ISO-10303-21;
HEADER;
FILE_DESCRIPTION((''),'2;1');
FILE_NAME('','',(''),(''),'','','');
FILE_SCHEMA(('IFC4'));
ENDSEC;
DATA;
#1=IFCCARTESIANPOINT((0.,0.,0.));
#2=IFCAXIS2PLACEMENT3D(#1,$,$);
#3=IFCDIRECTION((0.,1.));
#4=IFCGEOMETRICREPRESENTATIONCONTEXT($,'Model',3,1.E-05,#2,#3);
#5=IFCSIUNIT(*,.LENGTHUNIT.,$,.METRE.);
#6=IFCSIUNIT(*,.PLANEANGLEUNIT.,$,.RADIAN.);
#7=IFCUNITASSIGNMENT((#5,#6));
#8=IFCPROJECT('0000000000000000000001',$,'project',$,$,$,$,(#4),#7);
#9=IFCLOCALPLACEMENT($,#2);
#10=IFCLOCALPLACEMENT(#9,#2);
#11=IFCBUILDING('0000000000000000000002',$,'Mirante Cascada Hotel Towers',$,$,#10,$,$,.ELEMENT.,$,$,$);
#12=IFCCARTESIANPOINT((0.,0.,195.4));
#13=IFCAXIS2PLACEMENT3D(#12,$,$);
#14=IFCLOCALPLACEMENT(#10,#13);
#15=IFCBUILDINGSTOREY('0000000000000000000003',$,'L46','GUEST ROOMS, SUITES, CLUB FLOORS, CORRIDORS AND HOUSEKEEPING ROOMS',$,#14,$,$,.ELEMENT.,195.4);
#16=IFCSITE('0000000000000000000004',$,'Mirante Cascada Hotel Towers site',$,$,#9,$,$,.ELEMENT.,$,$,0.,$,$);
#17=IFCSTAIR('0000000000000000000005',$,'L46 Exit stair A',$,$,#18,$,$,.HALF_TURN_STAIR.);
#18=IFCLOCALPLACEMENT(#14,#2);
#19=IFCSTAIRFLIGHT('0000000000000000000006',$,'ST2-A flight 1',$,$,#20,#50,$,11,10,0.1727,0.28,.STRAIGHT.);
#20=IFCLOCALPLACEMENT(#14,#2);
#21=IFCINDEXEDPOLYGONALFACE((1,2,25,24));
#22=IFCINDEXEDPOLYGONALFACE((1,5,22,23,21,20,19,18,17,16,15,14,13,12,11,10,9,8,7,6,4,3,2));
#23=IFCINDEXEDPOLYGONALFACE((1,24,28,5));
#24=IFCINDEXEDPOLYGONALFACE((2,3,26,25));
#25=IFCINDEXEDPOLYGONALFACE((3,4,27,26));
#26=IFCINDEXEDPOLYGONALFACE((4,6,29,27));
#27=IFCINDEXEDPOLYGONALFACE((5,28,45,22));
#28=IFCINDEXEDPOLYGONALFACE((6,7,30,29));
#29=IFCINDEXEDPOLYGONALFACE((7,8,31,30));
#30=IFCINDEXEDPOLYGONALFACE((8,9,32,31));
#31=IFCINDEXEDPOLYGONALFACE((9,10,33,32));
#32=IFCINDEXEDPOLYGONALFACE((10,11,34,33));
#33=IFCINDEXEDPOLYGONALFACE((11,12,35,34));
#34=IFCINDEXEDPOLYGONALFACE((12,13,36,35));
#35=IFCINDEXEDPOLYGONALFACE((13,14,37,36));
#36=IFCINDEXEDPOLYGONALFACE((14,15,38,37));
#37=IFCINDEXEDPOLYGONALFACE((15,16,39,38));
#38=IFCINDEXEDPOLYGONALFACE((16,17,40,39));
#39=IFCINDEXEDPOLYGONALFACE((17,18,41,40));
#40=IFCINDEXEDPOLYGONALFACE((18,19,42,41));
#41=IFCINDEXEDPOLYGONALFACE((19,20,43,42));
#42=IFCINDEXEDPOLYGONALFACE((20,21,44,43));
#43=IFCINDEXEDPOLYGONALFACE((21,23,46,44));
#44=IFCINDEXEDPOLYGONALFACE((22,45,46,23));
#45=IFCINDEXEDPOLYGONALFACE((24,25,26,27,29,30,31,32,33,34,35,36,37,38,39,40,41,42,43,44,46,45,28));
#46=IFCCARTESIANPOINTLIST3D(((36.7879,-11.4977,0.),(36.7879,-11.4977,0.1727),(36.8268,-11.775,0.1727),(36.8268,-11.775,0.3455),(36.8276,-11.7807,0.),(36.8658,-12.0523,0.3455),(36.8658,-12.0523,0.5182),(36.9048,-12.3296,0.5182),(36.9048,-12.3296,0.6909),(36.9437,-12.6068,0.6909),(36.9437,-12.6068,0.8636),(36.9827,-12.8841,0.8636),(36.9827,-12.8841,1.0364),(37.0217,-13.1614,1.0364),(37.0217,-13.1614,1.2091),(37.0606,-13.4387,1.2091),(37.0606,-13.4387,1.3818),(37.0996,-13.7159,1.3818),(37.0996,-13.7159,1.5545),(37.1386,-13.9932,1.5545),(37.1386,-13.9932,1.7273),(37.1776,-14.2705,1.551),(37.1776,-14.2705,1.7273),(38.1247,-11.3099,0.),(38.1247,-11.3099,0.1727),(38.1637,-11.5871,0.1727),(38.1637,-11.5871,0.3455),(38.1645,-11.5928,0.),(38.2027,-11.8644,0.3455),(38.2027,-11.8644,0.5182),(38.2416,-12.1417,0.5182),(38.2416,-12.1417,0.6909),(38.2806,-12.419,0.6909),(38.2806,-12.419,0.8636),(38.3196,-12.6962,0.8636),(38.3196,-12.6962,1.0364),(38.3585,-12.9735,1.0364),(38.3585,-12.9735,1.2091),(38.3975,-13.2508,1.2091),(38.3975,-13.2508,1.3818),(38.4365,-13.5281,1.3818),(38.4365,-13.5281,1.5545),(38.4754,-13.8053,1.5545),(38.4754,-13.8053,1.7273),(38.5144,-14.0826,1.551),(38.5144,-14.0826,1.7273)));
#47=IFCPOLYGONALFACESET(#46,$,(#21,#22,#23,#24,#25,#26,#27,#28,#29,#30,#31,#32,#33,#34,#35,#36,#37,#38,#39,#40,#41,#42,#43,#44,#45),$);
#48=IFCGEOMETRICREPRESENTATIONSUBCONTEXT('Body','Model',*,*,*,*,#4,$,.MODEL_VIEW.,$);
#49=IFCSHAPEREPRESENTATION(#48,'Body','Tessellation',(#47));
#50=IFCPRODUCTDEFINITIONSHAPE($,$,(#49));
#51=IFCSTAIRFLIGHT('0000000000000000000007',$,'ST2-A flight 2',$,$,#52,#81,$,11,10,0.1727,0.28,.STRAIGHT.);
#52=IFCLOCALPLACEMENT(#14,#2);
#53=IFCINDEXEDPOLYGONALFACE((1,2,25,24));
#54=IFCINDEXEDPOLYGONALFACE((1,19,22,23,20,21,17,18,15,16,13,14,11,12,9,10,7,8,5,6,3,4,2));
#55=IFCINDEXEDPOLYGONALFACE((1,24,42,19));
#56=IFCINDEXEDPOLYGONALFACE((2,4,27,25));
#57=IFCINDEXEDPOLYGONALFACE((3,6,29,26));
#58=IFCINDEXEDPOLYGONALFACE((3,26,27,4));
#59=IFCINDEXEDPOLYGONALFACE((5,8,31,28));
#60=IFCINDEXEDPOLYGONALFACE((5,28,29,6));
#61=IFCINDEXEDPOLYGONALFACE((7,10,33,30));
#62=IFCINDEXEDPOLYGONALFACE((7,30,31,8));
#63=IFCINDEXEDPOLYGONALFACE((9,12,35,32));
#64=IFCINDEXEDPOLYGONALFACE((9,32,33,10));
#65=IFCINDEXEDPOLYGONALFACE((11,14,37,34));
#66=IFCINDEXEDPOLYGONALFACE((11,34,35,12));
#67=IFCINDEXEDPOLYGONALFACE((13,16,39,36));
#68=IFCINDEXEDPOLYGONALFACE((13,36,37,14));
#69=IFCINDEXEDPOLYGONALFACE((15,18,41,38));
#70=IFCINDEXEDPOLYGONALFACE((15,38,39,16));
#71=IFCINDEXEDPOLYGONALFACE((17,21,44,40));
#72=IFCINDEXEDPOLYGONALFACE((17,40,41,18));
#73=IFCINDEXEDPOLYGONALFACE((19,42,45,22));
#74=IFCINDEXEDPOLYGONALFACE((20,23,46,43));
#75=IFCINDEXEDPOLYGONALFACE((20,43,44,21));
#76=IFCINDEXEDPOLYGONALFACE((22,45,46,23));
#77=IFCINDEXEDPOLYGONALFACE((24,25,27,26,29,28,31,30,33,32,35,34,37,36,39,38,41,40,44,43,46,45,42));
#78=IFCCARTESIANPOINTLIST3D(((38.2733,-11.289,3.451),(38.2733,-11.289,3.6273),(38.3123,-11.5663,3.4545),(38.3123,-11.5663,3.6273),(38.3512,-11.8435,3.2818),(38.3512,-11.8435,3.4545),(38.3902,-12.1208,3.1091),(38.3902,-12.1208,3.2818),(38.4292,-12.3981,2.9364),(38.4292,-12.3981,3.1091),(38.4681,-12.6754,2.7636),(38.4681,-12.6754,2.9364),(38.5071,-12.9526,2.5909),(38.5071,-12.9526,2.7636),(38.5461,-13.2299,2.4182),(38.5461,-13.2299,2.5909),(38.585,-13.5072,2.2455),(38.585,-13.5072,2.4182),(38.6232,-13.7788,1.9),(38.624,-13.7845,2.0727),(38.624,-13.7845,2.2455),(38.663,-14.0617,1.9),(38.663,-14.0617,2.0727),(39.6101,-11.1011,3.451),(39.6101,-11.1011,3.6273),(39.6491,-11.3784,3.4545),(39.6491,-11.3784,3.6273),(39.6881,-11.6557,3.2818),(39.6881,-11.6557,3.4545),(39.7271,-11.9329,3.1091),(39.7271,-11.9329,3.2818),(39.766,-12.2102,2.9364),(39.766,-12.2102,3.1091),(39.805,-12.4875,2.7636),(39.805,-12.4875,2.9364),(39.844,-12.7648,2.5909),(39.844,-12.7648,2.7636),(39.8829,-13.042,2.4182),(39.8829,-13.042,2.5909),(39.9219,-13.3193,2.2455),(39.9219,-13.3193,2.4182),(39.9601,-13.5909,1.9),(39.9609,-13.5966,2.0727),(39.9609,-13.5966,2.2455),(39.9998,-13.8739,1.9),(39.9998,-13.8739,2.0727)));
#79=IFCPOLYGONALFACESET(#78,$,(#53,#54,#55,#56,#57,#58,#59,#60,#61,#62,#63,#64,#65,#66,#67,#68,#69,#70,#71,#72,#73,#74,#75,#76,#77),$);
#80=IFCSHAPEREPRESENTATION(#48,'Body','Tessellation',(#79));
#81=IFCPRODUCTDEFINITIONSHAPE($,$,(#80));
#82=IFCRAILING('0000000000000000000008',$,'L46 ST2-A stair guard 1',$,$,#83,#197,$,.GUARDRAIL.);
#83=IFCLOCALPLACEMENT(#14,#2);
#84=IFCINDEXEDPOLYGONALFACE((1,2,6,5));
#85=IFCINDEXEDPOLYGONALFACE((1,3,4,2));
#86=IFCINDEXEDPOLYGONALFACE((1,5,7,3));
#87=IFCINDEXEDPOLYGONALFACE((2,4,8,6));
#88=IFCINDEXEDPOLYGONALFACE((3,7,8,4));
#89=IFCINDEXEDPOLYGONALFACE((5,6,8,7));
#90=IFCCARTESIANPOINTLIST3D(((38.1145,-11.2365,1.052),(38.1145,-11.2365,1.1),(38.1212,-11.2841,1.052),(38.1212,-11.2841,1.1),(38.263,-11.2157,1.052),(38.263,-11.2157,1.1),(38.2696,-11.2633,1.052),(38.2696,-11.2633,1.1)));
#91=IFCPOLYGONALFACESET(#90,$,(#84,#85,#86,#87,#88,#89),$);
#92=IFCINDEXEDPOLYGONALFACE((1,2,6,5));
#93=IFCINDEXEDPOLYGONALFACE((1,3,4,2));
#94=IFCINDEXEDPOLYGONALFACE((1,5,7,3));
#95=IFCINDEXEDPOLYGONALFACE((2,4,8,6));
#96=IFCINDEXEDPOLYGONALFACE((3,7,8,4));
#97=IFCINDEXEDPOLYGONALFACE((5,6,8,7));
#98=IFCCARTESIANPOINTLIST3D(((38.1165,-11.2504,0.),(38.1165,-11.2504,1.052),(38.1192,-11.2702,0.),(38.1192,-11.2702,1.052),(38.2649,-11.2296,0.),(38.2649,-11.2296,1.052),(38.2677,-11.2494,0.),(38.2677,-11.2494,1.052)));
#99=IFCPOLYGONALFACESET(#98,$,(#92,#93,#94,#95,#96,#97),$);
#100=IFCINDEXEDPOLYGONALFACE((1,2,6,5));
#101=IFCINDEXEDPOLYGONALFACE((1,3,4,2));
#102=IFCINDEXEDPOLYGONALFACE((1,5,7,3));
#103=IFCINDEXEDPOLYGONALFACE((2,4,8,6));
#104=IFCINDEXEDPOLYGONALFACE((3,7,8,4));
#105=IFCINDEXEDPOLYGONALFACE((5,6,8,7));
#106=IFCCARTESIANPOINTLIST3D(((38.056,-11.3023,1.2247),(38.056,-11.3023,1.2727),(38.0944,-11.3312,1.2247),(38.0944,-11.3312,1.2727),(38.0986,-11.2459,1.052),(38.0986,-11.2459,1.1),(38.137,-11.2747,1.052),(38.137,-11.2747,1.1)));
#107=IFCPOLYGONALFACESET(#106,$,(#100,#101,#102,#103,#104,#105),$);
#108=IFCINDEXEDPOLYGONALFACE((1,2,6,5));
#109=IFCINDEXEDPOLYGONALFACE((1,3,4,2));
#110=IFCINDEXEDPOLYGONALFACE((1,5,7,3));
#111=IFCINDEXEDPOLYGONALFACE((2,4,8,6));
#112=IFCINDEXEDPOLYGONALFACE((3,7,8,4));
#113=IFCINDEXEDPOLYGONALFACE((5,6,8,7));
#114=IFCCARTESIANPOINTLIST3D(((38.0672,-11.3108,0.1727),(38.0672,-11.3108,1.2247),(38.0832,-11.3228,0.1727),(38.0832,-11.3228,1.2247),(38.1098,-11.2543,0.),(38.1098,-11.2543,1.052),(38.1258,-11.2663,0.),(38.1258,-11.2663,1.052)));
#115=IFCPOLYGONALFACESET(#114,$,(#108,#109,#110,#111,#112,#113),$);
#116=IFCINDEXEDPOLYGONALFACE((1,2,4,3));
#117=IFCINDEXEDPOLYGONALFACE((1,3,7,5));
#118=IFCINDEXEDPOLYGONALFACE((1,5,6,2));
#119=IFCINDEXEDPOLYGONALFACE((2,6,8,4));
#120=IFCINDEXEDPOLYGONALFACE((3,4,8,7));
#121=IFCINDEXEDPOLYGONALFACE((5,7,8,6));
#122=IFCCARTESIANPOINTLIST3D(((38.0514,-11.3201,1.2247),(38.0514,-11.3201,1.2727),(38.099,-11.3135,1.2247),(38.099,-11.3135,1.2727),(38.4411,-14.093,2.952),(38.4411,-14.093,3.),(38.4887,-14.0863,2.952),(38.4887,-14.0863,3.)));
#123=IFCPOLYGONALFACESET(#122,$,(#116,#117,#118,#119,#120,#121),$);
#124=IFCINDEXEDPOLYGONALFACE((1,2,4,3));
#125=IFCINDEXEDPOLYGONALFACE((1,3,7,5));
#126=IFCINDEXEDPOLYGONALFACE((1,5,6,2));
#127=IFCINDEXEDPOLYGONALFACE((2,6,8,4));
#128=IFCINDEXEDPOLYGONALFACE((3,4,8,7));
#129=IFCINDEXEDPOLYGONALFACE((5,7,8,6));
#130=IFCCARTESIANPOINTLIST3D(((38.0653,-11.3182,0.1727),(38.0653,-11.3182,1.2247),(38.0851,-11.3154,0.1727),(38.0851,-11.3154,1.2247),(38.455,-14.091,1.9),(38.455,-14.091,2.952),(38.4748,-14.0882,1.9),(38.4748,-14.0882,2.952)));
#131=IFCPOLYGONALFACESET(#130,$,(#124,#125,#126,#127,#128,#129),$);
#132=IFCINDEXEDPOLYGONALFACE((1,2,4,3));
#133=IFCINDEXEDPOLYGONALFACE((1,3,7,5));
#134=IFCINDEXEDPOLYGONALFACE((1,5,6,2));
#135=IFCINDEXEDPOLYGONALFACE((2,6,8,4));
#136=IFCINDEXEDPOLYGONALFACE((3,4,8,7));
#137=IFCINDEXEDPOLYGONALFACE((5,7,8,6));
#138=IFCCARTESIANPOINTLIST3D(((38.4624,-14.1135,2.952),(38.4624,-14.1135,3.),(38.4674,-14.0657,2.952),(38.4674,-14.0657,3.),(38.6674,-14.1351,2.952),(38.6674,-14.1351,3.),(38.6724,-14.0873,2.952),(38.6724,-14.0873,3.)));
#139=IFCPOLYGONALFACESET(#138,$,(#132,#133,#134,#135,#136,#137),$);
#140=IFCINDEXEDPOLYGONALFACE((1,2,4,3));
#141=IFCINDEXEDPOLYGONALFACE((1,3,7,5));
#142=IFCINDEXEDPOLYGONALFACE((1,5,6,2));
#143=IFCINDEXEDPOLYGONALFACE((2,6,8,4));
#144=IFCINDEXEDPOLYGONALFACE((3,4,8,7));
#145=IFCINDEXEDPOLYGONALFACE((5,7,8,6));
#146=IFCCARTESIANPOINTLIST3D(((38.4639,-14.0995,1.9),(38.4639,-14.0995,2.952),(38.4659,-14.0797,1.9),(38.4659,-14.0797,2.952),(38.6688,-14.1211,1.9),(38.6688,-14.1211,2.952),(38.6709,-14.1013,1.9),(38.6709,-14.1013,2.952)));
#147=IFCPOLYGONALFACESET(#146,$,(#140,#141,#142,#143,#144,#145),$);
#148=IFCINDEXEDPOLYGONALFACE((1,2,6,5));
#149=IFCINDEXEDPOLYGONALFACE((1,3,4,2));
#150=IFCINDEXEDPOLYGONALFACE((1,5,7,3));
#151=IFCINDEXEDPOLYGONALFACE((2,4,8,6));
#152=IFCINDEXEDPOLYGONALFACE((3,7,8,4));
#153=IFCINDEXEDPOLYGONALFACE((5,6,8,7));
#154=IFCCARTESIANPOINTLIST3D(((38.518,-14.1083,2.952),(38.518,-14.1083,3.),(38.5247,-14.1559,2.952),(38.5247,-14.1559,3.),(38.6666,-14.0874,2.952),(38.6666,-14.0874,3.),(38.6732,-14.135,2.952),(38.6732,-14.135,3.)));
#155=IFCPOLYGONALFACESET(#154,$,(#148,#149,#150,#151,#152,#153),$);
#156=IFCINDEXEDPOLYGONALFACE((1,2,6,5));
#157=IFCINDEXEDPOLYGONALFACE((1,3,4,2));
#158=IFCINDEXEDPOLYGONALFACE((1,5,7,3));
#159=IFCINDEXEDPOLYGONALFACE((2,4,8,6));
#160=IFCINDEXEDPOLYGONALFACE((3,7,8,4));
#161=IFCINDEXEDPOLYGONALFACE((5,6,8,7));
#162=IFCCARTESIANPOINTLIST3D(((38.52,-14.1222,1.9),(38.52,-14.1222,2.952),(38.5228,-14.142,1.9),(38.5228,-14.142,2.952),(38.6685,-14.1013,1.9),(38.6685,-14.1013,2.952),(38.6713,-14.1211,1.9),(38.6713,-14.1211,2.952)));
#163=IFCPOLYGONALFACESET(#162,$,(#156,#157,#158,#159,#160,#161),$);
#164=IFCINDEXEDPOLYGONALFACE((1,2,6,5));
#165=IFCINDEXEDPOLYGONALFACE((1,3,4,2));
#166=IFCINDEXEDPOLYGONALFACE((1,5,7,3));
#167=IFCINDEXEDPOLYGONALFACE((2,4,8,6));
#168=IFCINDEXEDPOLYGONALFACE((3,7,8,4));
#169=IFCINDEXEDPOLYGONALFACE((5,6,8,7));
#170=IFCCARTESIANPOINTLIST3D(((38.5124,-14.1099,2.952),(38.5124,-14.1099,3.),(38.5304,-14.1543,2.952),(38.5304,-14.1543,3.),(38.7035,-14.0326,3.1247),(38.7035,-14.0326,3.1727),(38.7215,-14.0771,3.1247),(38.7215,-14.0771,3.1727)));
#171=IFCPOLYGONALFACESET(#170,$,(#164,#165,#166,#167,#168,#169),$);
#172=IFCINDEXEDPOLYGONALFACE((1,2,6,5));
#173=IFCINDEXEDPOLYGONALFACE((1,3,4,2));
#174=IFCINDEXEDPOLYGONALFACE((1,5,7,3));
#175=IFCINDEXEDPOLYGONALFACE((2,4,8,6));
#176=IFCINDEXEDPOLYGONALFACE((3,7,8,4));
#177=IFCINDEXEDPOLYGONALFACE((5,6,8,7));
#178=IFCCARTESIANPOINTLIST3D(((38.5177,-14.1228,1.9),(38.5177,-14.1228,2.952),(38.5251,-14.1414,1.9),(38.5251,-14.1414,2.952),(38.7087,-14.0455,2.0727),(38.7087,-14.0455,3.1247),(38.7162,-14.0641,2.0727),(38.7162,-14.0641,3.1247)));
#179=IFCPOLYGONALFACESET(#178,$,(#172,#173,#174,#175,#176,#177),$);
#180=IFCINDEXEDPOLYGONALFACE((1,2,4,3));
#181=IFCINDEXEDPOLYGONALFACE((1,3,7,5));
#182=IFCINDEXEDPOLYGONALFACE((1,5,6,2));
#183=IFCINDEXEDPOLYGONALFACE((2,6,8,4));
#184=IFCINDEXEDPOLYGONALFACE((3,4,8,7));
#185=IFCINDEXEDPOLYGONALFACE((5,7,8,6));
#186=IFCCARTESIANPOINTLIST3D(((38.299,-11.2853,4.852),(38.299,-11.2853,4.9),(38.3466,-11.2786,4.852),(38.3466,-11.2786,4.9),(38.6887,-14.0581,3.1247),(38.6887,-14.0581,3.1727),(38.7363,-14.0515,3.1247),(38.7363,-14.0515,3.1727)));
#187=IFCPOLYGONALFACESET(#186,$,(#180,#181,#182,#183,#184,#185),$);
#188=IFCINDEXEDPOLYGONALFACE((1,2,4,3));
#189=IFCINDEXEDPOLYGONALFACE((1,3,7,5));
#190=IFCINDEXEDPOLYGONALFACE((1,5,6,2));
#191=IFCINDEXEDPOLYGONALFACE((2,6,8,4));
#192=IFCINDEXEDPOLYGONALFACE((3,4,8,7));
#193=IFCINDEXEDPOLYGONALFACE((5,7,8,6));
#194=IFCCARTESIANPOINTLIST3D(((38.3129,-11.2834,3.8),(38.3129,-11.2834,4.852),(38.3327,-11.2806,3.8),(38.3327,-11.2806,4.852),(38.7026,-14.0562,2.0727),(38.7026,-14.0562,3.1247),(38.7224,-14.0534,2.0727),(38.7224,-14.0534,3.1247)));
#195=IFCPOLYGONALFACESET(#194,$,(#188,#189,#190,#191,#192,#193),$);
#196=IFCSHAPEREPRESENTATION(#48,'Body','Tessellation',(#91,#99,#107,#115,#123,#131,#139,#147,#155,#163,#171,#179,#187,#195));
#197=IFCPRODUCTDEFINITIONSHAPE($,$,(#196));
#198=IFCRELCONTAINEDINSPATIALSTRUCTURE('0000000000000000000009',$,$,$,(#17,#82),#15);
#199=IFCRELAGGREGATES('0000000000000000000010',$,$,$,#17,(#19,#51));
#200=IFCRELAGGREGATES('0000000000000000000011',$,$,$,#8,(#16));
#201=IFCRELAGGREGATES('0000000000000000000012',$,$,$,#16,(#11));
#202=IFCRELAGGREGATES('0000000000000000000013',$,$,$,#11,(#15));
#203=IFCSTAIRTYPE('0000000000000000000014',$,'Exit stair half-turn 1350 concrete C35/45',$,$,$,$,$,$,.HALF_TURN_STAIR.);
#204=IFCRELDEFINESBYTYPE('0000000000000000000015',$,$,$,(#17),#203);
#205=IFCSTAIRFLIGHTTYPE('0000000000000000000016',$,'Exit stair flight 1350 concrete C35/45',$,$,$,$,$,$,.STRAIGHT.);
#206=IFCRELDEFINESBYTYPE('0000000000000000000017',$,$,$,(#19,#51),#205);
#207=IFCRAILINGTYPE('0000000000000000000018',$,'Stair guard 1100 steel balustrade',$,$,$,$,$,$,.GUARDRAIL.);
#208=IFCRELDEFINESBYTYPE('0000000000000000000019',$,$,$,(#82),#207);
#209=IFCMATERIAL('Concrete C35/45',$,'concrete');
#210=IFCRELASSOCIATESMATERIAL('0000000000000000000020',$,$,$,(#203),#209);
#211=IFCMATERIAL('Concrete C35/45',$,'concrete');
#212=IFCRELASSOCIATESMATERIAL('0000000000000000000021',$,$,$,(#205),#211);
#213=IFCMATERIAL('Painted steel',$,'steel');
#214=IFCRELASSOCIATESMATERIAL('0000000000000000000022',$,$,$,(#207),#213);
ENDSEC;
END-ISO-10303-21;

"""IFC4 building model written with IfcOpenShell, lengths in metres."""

from ifc_helpers import new_model, si_unit, direction, frame, origin, origin_2d, place, context, subcontext, project, spatial, polyline, rectangle, outline, extrude, material, type_object, element, aggregate, save


model = new_model("IFC4")

# Units and contexts
model_context = context("Model", 3, precision=1e-05, world=origin(), true_north=direction((0.0, 1.0)))
body_context = subcontext(model_context, "Body", "Model", "MODEL_VIEW")
ifc_project = project(units=[si_unit("LENGTHUNIT", "METRE"), si_unit("PLANEANGLEUNIT", "RADIAN")], contexts=[model_context])

# Site, building, storey
site_placement = place(None, origin())
site = spatial("IfcSite", under=ifc_project, at=site_placement, Name="Mirante Cascada Hotel Towers site", CompositionType="ELEMENT", RefElevation=0.0)
building_placement = place(site_placement, origin())
building = spatial("IfcBuilding", under=site, at=building_placement, Name="Mirante Cascada Hotel Towers", CompositionType="ELEMENT")
storey_placement = place(building_placement, frame((0.0, 0.0, 195.4)))
storey = spatial("IfcBuildingStorey", under=building, at=storey_placement, Name="L46", Description="GUEST ROOMS, SUITES, CLUB FLOORS, CORRIDORS AND HOUSEKEEPING ROOMS", CompositionType="ELEMENT", Elevation=195.4)

# Stair, stair flights
ifc_material_1 = material(Name="Concrete C35/45", Category="concrete")
stair_type = type_object("IfcStairType", Name="Exit stair half-turn 1350 concrete C35/45", PredefinedType="HALF_TURN_STAIR", material=ifc_material_1)
stair_placement = place(storey_placement, origin())
stair = element("IfcStair", 1, at=stair_placement, inside=storey, type_object=stair_type, Name="L46 Exit stair A", PredefinedType="HALF_TURN_STAIR")
ifc_material_2 = material(Name="Concrete C35/45", Category="concrete")
stair_flight_type = type_object("IfcStairFlightType", Name="Exit stair flight 1350 concrete C35/45", PredefinedType="STRAIGHT", material=ifc_material_2)
stair_flight_1_placement = place(storey_placement, frame((37.4563, -11.4038, 0.0), z_axis=(0.0, 0.0, 1.0), x_axis=(0.139173, -0.990268, 0.0)))
stair_flight_1 = element("IfcStairFlight", 2, at=stair_flight_1_placement, type_object=stair_flight_type, Name="ST2-A flight 1", NumberOfRisers=11, NumberOfTreads=10, PredefinedType="STRAIGHT", RiserHeight=0.1727, TreadLength=0.28, context=body_context, shape_type="SweptSolid", body=[
    extrude(outline(polyline([(0.0, 0.0), (0.0, 0.1727), (0.28, 0.1727), (0.28, 0.3455), (0.56, 0.3455), (0.56, 0.5182), (0.84, 0.5182), (0.84, 0.6909), (1.12, 0.6909), (1.12, 0.8636), (1.4, 0.8636), (1.4, 1.0364), (1.68, 1.0364), (1.68, 1.2091), (1.96, 1.2091), (1.96, 1.3818), (2.24, 1.3818), (2.24, 1.5545), (2.52, 1.5545), (2.52, 1.7273), (2.8, 1.7273), (2.8, 1.9), (2.8, 1.551), (0.2857, 0.0), (0.0, 0.0)])), frame((0.0, 0.675, 0.0), z_axis=(0.0, -1.0, 0.0), x_axis=(1.0, 0.0, 0.0)), (0.0, 0.0, 1.0), 1.35),
])
stair_flight_2_placement = place(storey_placement, frame((39.3314, -13.9678, 1.9), z_axis=(0.0, 0.0, 1.0), x_axis=(-0.139173, 0.990268, 0.0)))
stair_flight_2 = element("IfcStairFlight", 3, at=stair_flight_2_placement, type_object=stair_flight_type, Name="ST2-A flight 2", NumberOfRisers=11, NumberOfTreads=10, PredefinedType="STRAIGHT", RiserHeight=0.1727, TreadLength=0.28, context=body_context, shape_type="SweptSolid", body=[
    extrude(outline(polyline([(0.0, 0.0), (0.0, 0.1727), (0.28, 0.1727), (0.28, 0.3455), (0.56, 0.3455), (0.56, 0.5182), (0.84, 0.5182), (0.84, 0.6909), (1.12, 0.6909), (1.12, 0.8636), (1.4, 0.8636), (1.4, 1.0364), (1.68, 1.0364), (1.68, 1.2091), (1.96, 1.2091), (1.96, 1.3818), (2.24, 1.3818), (2.24, 1.5545), (2.52, 1.5545), (2.52, 1.7273), (2.8, 1.7273), (2.8, 1.9), (2.8, 1.551), (0.2857, 0.0), (0.0, 0.0)])), frame((0.0, 0.675, 0.0), z_axis=(0.0, -1.0, 0.0), x_axis=(1.0, 0.0, 0.0)), (0.0, 0.0, 1.0), 1.35),
])
aggregate(stair, [stair_flight_1, stair_flight_2])

# Railing
ifc_material_3 = material(Name="Painted steel", Category="steel")
railing_type_1 = type_object("IfcRailingType", Name="Stair guard 1100 steel balustrade", PredefinedType="GUARDRAIL", material=ifc_material_3)
railing_1_placement = place(storey_placement, frame((38.2663, -11.2395, 0.0)))
element("IfcRailing", 4, at=railing_1_placement, inside=storey, type_object=railing_type_1, Name="L46 ST2-A stair guard 1", PredefinedType="GUARDRAIL", context=body_context, shape_type="SweptSolid", body=[
    extrude(rectangle(XDim=0.048, YDim=0.048, at=origin_2d()), frame((0.0, 0.0, 1.076), z_axis=(-0.990333, -0.138713, 0.0), x_axis=(0.138713, -0.990333, 0.0)), (0.0, 0.0, 1.0), 0.1499),
    extrude(rectangle(XDim=0.02, YDim=1.052, at=origin_2d()), frame((0.0, 0.0, 0.526), z_axis=(-0.990333, -0.138713, 0.0), x_axis=(0.138713, -0.990333, 0.0)), (0.0, 0.0, 1.0), 0.1499),
    extrude(rectangle(XDim=0.048, YDim=0.048, at=origin_2d()), frame((-0.1485, -0.0208, 1.076), z_axis=(-0.602033, -0.798471, 0.0), x_axis=(0.798471, -0.602033, 0.0)), (0.0, 0.92534, 0.379139), 0.1866),
    extrude(rectangle(XDim=0.02, YDim=1.052, at=origin_2d()), frame((-0.1485, -0.0208, 0.526), z_axis=(-0.602033, -0.798471, 0.0), x_axis=(0.798471, -0.602033, 0.0)), (0.0, 0.92534, 0.379139), 0.1866),
    extrude(rectangle(XDim=0.048, YDim=0.048, at=origin_2d()), frame((-0.1911, -0.0773, 1.2487), z_axis=(0.139176, -0.990268, 0.0), x_axis=(0.990268, 0.139176, 0.0)), (0.0, 0.525021, 0.851089), 3.29),
    extrude(rectangle(XDim=0.02, YDim=1.052, at=origin_2d()), frame((-0.1911, -0.0773, 0.6987), z_axis=(0.139176, -0.990268, 0.0), x_axis=(0.990268, 0.139176, 0.0)), (0.0, 0.525021, 0.851089), 3.29),
    extrude(rectangle(XDim=0.048, YDim=0.048, at=origin_2d()), frame((0.1986, -2.8501, 2.976), z_axis=(0.994495, -0.104786, 0.0), x_axis=(0.104786, 0.994495, 0.0)), (0.0, 0.0, 1.0), 0.2061),
    extrude(rectangle(XDim=0.02, YDim=1.052, at=origin_2d()), frame((0.1986, -2.8501, 2.426), z_axis=(0.994495, -0.104786, 0.0), x_axis=(0.104786, 0.994495, 0.0)), (0.0, 0.0, 1.0), 0.2061),
    extrude(rectangle(XDim=0.048, YDim=0.048, at=origin_2d()), frame((0.4036, -2.8717, 2.976), z_axis=(-0.990241, -0.139367, 0.0), x_axis=(0.139367, -0.990241, 0.0)), (0.0, 0.0, 1.0), 0.15),
    extrude(rectangle(XDim=0.02, YDim=1.052, at=origin_2d()), frame((0.4036, -2.8717, 2.426), z_axis=(-0.990241, -0.139367, 0.0), x_axis=(0.139367, -0.990241, 0.0)), (0.0, 0.0, 1.0), 0.15),
    extrude(rectangle(XDim=0.048, YDim=0.048, at=origin_2d()), frame((0.2551, -2.8926, 2.976), z_axis=(0.927031, 0.374984, 0.0), x_axis=(-0.374984, 0.927031, 0.0)), (0.0, 0.64219, 0.766545), 0.2689),
    extrude(rectangle(XDim=0.02, YDim=1.052, at=origin_2d()), frame((0.2551, -2.8926, 2.426), z_axis=(0.927031, 0.374984, 0.0), x_axis=(-0.374984, 0.927031, 0.0)), (0.0, 0.64219, 0.766545), 0.2689),
    extrude(rectangle(XDim=0.048, YDim=0.048, at=origin_2d()), frame((0.4462, -2.8153, 3.1487), z_axis=(-0.139176, 0.990268, 0.0), x_axis=(-0.990268, -0.139176, 0.0)), (0.0, 0.525021, 0.851089), 3.29),
    extrude(rectangle(XDim=0.02, YDim=1.052, at=origin_2d()), frame((0.4462, -2.8153, 2.5987), z_axis=(-0.139176, 0.990268, 0.0), x_axis=(-0.990268, -0.139176, 0.0)), (0.0, 0.525021, 0.851089), 3.29),
])

save(model, "model.ifc")
